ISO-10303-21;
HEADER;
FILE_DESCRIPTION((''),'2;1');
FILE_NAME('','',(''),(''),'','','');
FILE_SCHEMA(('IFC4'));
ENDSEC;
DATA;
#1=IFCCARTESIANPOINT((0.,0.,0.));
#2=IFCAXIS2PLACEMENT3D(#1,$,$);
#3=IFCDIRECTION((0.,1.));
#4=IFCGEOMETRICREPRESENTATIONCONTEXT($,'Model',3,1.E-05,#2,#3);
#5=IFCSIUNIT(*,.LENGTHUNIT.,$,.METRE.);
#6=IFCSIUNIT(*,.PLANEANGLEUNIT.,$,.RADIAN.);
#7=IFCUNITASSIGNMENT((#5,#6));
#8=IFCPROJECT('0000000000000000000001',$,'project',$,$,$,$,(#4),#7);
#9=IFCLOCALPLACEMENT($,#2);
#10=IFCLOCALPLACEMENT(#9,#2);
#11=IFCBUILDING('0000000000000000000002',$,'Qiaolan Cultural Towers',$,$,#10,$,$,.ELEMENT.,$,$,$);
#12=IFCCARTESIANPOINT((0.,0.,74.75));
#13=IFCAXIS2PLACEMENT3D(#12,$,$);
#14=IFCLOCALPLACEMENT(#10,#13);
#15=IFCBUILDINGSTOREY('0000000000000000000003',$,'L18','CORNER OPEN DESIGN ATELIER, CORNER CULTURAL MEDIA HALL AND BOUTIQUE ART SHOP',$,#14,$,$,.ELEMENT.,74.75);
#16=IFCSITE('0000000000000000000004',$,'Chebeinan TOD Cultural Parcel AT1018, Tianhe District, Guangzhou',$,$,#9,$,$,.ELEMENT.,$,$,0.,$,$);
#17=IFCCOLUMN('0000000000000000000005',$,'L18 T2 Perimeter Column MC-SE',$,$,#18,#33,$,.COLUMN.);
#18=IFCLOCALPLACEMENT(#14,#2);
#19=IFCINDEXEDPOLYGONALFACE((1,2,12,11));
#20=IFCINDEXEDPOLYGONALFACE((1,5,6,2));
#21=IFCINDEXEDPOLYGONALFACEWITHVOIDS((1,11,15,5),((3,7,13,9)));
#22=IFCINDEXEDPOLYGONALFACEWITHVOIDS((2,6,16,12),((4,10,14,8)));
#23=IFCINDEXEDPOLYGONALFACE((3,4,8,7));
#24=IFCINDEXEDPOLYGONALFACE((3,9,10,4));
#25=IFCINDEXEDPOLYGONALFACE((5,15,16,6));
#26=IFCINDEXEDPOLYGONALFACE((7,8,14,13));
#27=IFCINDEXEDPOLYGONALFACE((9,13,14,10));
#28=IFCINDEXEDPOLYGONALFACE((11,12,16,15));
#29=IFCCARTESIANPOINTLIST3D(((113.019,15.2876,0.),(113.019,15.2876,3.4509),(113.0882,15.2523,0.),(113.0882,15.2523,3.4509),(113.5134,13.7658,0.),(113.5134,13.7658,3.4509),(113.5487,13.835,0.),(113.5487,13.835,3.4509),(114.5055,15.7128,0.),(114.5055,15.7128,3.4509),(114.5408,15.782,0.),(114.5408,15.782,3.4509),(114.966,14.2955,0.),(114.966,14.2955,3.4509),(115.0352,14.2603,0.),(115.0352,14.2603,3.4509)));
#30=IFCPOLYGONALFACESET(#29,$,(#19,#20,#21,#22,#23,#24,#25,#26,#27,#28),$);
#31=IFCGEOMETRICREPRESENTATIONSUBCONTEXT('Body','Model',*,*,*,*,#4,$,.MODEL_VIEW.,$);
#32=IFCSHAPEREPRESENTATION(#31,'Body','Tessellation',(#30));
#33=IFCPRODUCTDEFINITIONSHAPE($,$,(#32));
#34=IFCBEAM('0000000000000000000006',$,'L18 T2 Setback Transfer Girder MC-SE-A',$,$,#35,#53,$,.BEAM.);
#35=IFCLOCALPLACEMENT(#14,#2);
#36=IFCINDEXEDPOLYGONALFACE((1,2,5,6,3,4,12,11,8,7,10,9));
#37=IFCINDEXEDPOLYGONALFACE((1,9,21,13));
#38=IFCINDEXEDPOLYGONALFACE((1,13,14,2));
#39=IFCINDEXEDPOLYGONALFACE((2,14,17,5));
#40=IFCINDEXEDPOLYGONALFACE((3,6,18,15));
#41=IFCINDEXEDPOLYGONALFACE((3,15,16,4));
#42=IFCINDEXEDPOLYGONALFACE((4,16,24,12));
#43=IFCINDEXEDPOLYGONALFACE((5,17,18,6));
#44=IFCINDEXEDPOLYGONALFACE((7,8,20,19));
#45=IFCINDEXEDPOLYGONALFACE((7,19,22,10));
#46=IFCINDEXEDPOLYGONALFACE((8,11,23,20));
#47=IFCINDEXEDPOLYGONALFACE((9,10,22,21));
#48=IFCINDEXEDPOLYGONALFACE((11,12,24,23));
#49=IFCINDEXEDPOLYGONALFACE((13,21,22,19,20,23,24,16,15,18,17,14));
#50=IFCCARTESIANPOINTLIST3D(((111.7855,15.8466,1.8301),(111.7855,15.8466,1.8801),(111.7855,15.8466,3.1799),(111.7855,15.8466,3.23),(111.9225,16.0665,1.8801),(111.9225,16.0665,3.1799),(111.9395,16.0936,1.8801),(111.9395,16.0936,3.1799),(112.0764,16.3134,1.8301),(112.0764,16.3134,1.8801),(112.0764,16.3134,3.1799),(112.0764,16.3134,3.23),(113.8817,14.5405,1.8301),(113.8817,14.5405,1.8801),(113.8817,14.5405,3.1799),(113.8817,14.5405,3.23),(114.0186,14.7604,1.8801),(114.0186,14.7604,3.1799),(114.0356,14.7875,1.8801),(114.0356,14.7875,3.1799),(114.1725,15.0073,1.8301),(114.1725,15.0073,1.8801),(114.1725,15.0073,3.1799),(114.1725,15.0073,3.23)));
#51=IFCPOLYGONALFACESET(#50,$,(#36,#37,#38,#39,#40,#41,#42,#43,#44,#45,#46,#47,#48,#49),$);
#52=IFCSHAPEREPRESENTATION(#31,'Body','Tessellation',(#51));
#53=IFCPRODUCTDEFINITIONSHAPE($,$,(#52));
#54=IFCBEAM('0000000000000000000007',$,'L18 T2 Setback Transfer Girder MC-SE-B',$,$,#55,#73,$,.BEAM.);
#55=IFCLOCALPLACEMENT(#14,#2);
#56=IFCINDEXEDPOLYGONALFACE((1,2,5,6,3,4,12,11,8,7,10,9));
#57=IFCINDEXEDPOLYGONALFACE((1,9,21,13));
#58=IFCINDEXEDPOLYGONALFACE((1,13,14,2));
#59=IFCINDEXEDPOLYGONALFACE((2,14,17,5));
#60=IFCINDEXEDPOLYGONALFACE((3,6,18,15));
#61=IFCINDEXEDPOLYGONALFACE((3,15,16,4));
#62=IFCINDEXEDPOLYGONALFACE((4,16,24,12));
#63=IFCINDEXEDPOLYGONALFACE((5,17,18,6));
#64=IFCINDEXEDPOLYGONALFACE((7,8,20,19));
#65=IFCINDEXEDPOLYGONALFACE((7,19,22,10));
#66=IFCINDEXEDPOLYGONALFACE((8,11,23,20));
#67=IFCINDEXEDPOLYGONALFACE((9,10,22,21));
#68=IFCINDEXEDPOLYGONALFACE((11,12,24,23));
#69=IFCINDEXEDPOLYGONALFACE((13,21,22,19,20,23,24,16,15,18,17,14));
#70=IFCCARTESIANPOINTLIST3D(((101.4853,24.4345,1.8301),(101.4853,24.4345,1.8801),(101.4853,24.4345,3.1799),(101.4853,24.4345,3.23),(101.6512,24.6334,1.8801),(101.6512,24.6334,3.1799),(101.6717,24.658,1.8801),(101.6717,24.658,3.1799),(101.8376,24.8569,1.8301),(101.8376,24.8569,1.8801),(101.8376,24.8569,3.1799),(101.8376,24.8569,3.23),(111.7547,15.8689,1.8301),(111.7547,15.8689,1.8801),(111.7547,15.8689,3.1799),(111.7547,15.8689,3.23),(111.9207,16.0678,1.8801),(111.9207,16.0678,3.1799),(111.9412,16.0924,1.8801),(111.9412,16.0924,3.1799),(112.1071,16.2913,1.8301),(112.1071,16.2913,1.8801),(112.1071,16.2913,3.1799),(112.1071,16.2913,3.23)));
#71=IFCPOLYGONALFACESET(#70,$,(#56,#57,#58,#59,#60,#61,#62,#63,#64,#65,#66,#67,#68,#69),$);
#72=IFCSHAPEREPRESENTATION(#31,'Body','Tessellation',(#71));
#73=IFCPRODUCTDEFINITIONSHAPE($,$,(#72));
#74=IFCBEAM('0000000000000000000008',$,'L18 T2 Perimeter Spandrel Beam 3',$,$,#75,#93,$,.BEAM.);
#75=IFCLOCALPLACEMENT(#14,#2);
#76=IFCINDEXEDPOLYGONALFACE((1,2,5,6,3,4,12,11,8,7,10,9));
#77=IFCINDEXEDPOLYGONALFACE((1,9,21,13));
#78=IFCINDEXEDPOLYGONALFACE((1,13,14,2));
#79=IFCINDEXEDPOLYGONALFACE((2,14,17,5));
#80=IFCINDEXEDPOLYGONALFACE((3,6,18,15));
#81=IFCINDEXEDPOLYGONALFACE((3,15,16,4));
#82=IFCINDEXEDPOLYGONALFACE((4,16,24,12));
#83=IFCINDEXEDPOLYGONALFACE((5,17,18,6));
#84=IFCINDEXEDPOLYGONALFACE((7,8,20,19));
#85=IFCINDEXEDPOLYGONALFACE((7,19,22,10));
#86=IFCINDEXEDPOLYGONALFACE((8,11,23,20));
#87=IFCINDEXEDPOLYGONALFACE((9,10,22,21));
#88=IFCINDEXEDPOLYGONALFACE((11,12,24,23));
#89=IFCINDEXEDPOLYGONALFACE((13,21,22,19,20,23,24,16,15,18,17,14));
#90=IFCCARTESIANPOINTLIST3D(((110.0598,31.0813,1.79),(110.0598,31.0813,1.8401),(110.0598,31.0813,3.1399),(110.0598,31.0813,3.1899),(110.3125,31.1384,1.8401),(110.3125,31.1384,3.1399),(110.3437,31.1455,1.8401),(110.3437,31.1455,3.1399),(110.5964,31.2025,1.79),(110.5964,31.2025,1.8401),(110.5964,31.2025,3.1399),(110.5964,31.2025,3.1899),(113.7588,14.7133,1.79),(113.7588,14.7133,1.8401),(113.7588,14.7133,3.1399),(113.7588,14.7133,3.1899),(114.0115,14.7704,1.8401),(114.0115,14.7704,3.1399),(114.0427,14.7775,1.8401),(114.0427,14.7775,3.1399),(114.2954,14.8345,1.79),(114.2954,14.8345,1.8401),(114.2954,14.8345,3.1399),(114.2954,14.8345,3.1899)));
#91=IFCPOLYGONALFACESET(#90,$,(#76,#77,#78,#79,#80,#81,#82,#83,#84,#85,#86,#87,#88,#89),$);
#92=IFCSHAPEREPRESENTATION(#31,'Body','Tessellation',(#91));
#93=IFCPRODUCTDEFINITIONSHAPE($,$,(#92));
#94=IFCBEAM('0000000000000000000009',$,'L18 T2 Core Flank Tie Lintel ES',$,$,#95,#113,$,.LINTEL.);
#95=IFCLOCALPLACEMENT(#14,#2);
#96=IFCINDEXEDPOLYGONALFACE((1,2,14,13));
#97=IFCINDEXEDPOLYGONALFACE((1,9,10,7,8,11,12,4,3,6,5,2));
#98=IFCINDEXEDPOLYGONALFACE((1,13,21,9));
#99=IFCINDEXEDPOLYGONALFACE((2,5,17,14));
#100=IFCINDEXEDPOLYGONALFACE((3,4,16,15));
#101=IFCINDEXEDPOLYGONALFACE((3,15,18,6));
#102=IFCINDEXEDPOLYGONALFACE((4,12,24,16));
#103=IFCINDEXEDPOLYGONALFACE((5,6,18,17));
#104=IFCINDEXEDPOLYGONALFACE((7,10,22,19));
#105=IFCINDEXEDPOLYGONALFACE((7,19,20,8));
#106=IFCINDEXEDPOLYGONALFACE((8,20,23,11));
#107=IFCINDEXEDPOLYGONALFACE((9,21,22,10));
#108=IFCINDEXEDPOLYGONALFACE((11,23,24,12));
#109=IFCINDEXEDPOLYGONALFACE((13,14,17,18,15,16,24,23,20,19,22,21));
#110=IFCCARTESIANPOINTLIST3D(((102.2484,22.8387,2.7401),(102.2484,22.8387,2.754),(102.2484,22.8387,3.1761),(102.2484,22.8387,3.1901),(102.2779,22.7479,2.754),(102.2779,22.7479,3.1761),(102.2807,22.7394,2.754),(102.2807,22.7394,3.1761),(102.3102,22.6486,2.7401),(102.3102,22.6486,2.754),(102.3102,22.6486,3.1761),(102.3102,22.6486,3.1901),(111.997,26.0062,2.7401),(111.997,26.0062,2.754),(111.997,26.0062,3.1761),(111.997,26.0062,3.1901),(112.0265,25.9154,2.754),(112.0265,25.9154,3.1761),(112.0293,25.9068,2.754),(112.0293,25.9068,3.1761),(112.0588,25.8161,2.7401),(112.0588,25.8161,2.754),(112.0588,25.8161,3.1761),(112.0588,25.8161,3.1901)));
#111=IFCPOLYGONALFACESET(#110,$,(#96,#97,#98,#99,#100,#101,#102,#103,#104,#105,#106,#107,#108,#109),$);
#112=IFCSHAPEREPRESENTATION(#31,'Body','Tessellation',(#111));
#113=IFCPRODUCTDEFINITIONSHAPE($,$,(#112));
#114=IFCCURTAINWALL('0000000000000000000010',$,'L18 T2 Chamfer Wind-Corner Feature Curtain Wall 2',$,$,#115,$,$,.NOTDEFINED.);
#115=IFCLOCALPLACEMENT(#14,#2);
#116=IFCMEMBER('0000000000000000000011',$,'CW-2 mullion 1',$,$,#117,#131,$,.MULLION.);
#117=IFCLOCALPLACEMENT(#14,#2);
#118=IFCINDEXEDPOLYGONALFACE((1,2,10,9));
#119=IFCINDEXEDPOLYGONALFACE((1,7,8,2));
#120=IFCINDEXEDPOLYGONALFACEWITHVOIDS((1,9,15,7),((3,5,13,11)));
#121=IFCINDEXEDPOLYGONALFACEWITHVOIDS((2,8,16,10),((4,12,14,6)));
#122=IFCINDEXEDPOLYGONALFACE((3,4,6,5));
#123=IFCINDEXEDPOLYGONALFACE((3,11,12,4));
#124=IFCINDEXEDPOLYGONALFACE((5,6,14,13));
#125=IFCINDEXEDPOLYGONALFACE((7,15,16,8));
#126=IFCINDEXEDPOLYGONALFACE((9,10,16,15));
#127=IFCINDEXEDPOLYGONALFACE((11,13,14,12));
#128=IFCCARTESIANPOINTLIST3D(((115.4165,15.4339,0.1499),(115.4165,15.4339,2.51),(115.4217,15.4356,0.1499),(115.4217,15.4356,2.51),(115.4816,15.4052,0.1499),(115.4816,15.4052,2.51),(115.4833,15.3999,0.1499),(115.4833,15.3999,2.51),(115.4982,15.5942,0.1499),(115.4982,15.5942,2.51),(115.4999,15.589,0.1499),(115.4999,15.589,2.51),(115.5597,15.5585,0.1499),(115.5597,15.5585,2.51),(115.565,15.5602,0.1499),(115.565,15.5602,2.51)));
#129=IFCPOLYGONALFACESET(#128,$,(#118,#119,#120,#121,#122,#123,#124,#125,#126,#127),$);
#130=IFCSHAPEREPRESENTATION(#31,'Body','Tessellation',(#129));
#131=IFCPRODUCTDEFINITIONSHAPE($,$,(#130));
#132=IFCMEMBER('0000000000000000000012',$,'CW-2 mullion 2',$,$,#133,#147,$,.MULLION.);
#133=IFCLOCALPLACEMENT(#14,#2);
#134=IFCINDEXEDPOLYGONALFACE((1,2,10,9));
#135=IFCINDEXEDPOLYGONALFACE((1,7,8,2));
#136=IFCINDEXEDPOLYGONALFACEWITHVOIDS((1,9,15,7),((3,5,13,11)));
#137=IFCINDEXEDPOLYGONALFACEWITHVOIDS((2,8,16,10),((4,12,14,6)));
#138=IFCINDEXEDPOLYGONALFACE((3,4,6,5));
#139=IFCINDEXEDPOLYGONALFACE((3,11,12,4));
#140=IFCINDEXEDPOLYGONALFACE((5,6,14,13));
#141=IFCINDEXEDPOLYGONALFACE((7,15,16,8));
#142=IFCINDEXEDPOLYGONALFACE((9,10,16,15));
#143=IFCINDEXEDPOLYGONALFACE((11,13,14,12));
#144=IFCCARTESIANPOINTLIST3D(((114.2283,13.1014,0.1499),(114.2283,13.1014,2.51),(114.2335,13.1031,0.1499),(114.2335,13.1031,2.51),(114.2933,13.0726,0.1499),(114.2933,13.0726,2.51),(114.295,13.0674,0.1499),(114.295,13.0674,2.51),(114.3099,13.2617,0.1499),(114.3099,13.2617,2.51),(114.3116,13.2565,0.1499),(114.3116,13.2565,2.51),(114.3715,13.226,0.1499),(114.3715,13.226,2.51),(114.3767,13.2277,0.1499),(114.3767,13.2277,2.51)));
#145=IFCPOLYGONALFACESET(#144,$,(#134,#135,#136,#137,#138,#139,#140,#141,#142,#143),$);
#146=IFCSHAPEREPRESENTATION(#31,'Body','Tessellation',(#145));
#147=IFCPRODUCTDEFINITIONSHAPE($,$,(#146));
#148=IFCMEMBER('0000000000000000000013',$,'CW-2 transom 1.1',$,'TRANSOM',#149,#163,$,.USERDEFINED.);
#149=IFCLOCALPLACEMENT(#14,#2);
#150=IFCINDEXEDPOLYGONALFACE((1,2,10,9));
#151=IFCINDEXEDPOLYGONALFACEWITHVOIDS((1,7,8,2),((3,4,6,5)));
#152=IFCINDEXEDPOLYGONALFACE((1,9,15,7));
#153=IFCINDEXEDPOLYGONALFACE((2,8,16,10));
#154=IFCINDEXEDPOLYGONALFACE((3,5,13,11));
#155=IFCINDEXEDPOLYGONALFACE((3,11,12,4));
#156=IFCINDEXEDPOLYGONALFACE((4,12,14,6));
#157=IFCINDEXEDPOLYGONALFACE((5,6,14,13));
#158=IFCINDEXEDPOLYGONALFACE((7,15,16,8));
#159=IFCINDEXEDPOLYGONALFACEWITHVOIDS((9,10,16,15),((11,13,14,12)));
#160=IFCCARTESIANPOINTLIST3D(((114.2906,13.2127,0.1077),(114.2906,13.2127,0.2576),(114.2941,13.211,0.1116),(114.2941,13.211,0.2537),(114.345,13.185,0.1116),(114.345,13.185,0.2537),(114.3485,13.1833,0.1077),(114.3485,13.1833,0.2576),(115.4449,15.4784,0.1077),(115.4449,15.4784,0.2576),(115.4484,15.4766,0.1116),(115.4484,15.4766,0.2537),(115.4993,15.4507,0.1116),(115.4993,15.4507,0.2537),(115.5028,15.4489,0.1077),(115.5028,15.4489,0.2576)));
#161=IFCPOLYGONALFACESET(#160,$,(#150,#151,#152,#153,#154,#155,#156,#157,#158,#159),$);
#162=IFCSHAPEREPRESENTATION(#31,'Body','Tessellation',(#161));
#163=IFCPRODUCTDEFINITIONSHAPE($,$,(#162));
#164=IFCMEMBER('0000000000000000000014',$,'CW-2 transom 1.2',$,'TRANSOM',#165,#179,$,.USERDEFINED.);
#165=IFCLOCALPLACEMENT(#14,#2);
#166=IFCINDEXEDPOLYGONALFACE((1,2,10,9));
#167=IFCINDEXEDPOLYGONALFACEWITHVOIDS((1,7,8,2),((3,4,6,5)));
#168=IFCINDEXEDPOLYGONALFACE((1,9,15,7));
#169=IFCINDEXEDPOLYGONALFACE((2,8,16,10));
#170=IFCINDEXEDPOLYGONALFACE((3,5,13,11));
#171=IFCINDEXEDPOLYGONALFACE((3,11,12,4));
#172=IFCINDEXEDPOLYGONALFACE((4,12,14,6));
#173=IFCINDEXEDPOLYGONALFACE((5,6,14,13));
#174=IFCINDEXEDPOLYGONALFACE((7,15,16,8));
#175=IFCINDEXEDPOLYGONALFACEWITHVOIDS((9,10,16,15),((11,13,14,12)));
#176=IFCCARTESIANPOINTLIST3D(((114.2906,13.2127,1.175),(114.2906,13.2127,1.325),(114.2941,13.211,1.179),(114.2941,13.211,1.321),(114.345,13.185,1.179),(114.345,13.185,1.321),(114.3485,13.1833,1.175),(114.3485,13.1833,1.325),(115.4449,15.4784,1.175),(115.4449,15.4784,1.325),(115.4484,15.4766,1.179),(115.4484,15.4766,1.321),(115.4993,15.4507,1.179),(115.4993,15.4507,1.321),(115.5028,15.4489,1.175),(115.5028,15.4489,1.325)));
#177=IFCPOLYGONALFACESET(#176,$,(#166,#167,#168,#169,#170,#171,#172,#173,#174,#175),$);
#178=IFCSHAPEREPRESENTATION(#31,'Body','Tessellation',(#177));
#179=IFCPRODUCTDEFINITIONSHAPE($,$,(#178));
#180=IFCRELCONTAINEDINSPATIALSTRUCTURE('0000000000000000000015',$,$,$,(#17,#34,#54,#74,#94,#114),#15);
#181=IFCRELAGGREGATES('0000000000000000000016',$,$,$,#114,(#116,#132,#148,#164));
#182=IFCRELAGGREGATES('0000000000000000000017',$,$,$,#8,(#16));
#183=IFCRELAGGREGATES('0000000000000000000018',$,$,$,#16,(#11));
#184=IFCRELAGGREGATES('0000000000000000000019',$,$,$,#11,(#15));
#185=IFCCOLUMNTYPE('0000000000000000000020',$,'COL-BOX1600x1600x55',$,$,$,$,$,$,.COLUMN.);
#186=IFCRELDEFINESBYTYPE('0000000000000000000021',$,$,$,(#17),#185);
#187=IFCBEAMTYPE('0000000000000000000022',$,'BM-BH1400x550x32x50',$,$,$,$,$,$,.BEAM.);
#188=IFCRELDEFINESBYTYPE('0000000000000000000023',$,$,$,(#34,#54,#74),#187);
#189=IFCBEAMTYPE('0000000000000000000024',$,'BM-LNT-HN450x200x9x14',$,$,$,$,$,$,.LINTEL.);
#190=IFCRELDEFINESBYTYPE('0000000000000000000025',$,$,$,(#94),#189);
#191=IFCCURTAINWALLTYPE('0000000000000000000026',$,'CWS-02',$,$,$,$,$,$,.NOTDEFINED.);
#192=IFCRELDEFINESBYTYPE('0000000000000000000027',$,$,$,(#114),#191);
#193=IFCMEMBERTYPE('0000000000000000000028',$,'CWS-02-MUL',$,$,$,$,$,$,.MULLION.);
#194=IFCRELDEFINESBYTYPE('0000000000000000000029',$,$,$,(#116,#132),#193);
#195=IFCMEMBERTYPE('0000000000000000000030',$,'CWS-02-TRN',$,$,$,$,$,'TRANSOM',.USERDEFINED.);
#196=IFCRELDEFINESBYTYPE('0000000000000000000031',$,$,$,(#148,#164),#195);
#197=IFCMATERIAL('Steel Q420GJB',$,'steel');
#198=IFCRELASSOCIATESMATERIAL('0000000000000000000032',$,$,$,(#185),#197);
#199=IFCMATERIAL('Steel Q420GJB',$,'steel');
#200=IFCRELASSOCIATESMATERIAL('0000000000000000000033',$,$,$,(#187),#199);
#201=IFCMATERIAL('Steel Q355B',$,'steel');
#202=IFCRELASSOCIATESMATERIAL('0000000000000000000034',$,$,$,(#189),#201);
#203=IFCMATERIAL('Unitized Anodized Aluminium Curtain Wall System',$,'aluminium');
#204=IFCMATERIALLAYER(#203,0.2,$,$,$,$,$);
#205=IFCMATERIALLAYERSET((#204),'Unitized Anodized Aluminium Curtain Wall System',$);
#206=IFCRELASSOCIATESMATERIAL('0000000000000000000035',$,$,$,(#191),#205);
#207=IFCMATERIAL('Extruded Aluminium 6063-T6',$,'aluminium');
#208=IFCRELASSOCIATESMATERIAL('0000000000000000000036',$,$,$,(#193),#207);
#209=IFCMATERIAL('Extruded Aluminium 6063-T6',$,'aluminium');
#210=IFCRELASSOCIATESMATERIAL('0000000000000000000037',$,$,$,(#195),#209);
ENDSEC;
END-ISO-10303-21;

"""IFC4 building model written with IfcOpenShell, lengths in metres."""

from ifc_helpers import new_model, si_unit, direction, frame, origin, origin_2d, place, context, subcontext, project, spatial, hollow_rectangle, i_section, extrude, material, layer, layer_set, material_profile, profile_set, type_object, element, aggregate, save


model = new_model("IFC4")

# Units and contexts
model_context = context("Model", 3, precision=1e-05, world=origin(), true_north=direction((0.0, 1.0)))
body_context = subcontext(model_context, "Body", "Model", "MODEL_VIEW")
ifc_project = project(units=[si_unit("LENGTHUNIT", "METRE"), si_unit("PLANEANGLEUNIT", "RADIAN")], contexts=[model_context])

# Site, building, storey
site_placement = place(None, origin())
site = spatial("IfcSite", under=ifc_project, at=site_placement, Name="Chebeinan TOD Cultural Parcel AT1018, Tianhe District, Guangzhou", CompositionType="ELEMENT", RefElevation=0.0)
building_placement = place(site_placement, origin())
building = spatial("IfcBuilding", under=site, at=building_placement, Name="Qiaolan Cultural Towers", CompositionType="ELEMENT")
storey_placement = place(building_placement, frame((0.0, 0.0, 74.75)))
storey = spatial("IfcBuildingStorey", under=building, at=storey_placement, Name="L18", Description="CORNER OPEN DESIGN ATELIER, CORNER CULTURAL MEDIA HALL AND BOUTIQUE ART SHOP", CompositionType="ELEMENT", Elevation=74.75)

# Column
ifc_material_1 = material(Name="Steel Q420GJB", Category="steel")
ifc_material_profile_1 = material_profile(ifc_material_1, hollow_rectangle(XDim=1.6001, YDim=1.6001, WallThickness=0.0549, at=origin_2d()), Name="BOX1600x1600x55")
ifc_profile_set_1 = profile_set([ifc_material_profile_1], Name="Steel Q420GJB")
column_type = type_object("IfcColumnType", Name="COL-BOX1600x1600x55", PredefinedType="COLUMN", material=ifc_profile_set_1)
column_placement = place(storey_placement, frame((114.0271, 14.7739, 0.0), z_axis=(0.0, 0.0, 1.0), x_axis=(0.951057, 0.309017, 0.0)))
element("IfcColumn", 1, at=column_placement, inside=storey, type_object=column_type, Name="L18 T2 Perimeter Column MC-SE", PredefinedType="COLUMN", context=body_context, shape_type="SweptSolid", body=[
    extrude(hollow_rectangle(XDim=1.6001, YDim=1.6001, WallThickness=0.0549, at=origin_2d()), origin(), (0.0, 0.0, 1.0), 3.4509),
])

# Beams
ifc_material_2 = material(Name="Steel Q420GJB", Category="steel")
ifc_material_profile_2 = material_profile(ifc_material_2, i_section(OverallWidth=0.55, OverallDepth=1.3999, WebThickness=0.032, FlangeThickness=0.05, at=origin_2d()), Name="BH1400x550x32x50")
ifc_profile_set_2 = profile_set([ifc_material_profile_2], Name="Steel Q420GJB")
beam_type_1 = type_object("IfcBeamType", Name="BM-BH1400x550x32x50", PredefinedType="BEAM", material=ifc_profile_set_2)
beam_1_placement = place(storey_placement, frame((114.0271, 14.7739, 2.53), z_axis=(-0.848719, 0.528843, 0.0), x_axis=(-0.528843, -0.848719, 0.0)))
element("IfcBeam", 2, at=beam_1_placement, inside=storey, type_object=beam_type_1, Name="L18 T2 Setback Transfer Girder MC-SE-A", PredefinedType="BEAM", context=body_context, shape_type="SweptSolid", body=[
    extrude(i_section(OverallWidth=0.55, OverallDepth=1.3999, WebThickness=0.032, FlangeThickness=0.05, at=origin_2d()), origin(), (0.0, 0.0, 1.0), 2.4697),
])
beam_2_placement = place(storey_placement, frame((111.9309, 16.0801, 2.53), z_axis=(-0.767937, 0.640526, 0.0), x_axis=(-0.640526, -0.767937, 0.0)))
element("IfcBeam", 3, at=beam_2_placement, inside=storey, type_object=beam_type_1, Name="L18 T2 Setback Transfer Girder MC-SE-B", PredefinedType="BEAM", context=body_context, shape_type="SweptSolid", body=[
    extrude(i_section(OverallWidth=0.55, OverallDepth=1.3999, WebThickness=0.032, FlangeThickness=0.05, at=origin_2d()), origin(), (0.0, 0.0, 1.0), 13.3728),
])
beam_3_placement = place(storey_placement, frame((114.0271, 14.7739, 2.49), z_axis=(-0.220431, 0.975403, 0.0), x_axis=(-0.975403, -0.220431, 0.0)))
element("IfcBeam", 4, at=beam_3_placement, inside=storey, type_object=beam_type_1, Name="L18 T2 Perimeter Spandrel Beam 3", PredefinedType="BEAM", context=body_context, shape_type="SweptSolid", body=[
    extrude(i_section(OverallWidth=0.55, OverallDepth=1.3999, WebThickness=0.032, FlangeThickness=0.05, at=origin_2d()), origin(), (0.0, 0.0, 1.0), 16.7808),
])
ifc_material_3 = material(Name="Steel Q355B", Category="steel")
ifc_material_profile_3 = material_profile(ifc_material_3, i_section(OverallWidth=0.2, OverallDepth=0.45, WebThickness=0.009, FlangeThickness=0.0139, at=origin_2d()), Name="HN450x200x9x14")
ifc_profile_set_3 = profile_set([ifc_material_profile_3], Name="Steel Q355B")
beam_type_2 = type_object("IfcBeamType", Name="BM-LNT-HN450x200x9x14", PredefinedType="LINTEL", material=ifc_profile_set_3)
beam_4_placement = place(storey_placement, frame((102.2793, 22.7437, 2.9651), z_axis=(0.951057, 0.309016, 0.0), x_axis=(-0.309016, 0.951057, 0.0)))
element("IfcBeam", 5, at=beam_4_placement, inside=storey, type_object=beam_type_2, Name="L18 T2 Core Flank Tie Lintel ES", PredefinedType="LINTEL", context=body_context, shape_type="SweptSolid", body=[
    extrude(i_section(OverallWidth=0.2, OverallDepth=0.45, WebThickness=0.009, FlangeThickness=0.0139, at=origin_2d()), origin(), (0.0, 0.0, 1.0), 10.2502),
])

# Curtain wall, members
ifc_material_4 = material(Name="Unitized Anodized Aluminium Curtain Wall System", Category="aluminium")
ifc_layer_1 = layer(ifc_material_4, 0.2)
ifc_layer_set_1 = layer_set([ifc_layer_1], Name="Unitized Anodized Aluminium Curtain Wall System")
curtain_wall_type = type_object("IfcCurtainWallType", Name="CWS-02", PredefinedType="NOTDEFINED", material=ifc_layer_set_1)
curtain_wall_placement = place(storey_placement, origin())
curtain_wall = element("IfcCurtainWall", 6, at=curtain_wall_placement, inside=storey, type_object=curtain_wall_type, Name="L18 T2 Chamfer Wind-Corner Feature Curtain Wall 2", PredefinedType="NOTDEFINED")
ifc_material_5 = material(Name="Extruded Aluminium 6063-T6", Category="aluminium")
ifc_material_profile_4 = material_profile(ifc_material_5, hollow_rectangle(XDim=0.075, YDim=0.1799, WallThickness=0.0039, at=origin_2d()), Name="CWM-180x75x4")
ifc_profile_set_4 = profile_set([ifc_material_profile_4], Name="Extruded Aluminium 6063-T6")
member_type_1 = type_object("IfcMemberType", Name="CWS-02-MUL", PredefinedType="MULLION", material=ifc_profile_set_4)
member_1_placement = place(storey_placement, frame((115.4907, 15.4971, 0.1499), z_axis=(0.0, 0.0, 1.0), x_axis=(0.891007, -0.45399, 0.0)))
member_1 = element("IfcMember", 7, at=member_1_placement, type_object=member_type_1, Name="CW-2 mullion 1", PredefinedType="MULLION", context=body_context, shape_type="SweptSolid", body=[
    extrude(hollow_rectangle(XDim=0.075, YDim=0.1799, WallThickness=0.0039, at=origin_2d()), origin(), (0.0, 0.0, 1.0), 2.3601),
])
member_2_placement = place(storey_placement, frame((114.3025, 13.1646, 0.1499), z_axis=(0.0, 0.0, 1.0), x_axis=(0.891007, -0.45399, 0.0)))
member_2 = element("IfcMember", 8, at=member_2_placement, type_object=member_type_1, Name="CW-2 mullion 2", PredefinedType="MULLION", context=body_context, shape_type="SweptSolid", body=[
    extrude(hollow_rectangle(XDim=0.075, YDim=0.1799, WallThickness=0.0039, at=origin_2d()), origin(), (0.0, 0.0, 1.0), 2.3601),
])
ifc_material_6 = material(Name="Extruded Aluminium 6063-T6", Category="aluminium")
ifc_material_profile_5 = material_profile(ifc_material_6, hollow_rectangle(XDim=0.0649, YDim=0.1499, WallThickness=0.0039, at=origin_2d()), Name="CWT-150x65x4")
ifc_profile_set_5 = profile_set([ifc_material_profile_5], Name="Extruded Aluminium 6063-T6")
member_type_2 = type_object("IfcMemberType", Name="CWS-02-TRN", ElementType="TRANSOM", PredefinedType="USERDEFINED", material=ifc_profile_set_5)
member_3_placement = place(storey_placement, frame((115.4739, 15.4636, 0.1826), z_axis=(-0.45396, -0.891022, 0.0), x_axis=(0.891022, -0.45396, 0.0)))
member_3 = element("IfcMember", 9, at=member_3_placement, type_object=member_type_2, Name="CW-2 transom 1.1", ObjectType="TRANSOM", PredefinedType="USERDEFINED", context=body_context, shape_type="SweptSolid", body=[
    extrude(hollow_rectangle(XDim=0.0649, YDim=0.1499, WallThickness=0.0039, at=origin_2d()), origin(), (0.0, 0.0, 1.0), 2.5427),
])
member_4_placement = place(storey_placement, frame((115.4739, 15.4636, 1.25), z_axis=(-0.45396, -0.891022, 0.0), x_axis=(0.891022, -0.45396, 0.0)))
member_4 = element("IfcMember", 10, at=member_4_placement, type_object=member_type_2, Name="CW-2 transom 1.2", ObjectType="TRANSOM", PredefinedType="USERDEFINED", context=body_context, shape_type="SweptSolid", body=[
    extrude(hollow_rectangle(XDim=0.0649, YDim=0.1499, WallThickness=0.0039, at=origin_2d()), origin(), (0.0, 0.0, 1.0), 2.5427),
])

aggregate(curtain_wall, [member_1, member_2, member_3, member_4])

save(model, "model.ifc")
